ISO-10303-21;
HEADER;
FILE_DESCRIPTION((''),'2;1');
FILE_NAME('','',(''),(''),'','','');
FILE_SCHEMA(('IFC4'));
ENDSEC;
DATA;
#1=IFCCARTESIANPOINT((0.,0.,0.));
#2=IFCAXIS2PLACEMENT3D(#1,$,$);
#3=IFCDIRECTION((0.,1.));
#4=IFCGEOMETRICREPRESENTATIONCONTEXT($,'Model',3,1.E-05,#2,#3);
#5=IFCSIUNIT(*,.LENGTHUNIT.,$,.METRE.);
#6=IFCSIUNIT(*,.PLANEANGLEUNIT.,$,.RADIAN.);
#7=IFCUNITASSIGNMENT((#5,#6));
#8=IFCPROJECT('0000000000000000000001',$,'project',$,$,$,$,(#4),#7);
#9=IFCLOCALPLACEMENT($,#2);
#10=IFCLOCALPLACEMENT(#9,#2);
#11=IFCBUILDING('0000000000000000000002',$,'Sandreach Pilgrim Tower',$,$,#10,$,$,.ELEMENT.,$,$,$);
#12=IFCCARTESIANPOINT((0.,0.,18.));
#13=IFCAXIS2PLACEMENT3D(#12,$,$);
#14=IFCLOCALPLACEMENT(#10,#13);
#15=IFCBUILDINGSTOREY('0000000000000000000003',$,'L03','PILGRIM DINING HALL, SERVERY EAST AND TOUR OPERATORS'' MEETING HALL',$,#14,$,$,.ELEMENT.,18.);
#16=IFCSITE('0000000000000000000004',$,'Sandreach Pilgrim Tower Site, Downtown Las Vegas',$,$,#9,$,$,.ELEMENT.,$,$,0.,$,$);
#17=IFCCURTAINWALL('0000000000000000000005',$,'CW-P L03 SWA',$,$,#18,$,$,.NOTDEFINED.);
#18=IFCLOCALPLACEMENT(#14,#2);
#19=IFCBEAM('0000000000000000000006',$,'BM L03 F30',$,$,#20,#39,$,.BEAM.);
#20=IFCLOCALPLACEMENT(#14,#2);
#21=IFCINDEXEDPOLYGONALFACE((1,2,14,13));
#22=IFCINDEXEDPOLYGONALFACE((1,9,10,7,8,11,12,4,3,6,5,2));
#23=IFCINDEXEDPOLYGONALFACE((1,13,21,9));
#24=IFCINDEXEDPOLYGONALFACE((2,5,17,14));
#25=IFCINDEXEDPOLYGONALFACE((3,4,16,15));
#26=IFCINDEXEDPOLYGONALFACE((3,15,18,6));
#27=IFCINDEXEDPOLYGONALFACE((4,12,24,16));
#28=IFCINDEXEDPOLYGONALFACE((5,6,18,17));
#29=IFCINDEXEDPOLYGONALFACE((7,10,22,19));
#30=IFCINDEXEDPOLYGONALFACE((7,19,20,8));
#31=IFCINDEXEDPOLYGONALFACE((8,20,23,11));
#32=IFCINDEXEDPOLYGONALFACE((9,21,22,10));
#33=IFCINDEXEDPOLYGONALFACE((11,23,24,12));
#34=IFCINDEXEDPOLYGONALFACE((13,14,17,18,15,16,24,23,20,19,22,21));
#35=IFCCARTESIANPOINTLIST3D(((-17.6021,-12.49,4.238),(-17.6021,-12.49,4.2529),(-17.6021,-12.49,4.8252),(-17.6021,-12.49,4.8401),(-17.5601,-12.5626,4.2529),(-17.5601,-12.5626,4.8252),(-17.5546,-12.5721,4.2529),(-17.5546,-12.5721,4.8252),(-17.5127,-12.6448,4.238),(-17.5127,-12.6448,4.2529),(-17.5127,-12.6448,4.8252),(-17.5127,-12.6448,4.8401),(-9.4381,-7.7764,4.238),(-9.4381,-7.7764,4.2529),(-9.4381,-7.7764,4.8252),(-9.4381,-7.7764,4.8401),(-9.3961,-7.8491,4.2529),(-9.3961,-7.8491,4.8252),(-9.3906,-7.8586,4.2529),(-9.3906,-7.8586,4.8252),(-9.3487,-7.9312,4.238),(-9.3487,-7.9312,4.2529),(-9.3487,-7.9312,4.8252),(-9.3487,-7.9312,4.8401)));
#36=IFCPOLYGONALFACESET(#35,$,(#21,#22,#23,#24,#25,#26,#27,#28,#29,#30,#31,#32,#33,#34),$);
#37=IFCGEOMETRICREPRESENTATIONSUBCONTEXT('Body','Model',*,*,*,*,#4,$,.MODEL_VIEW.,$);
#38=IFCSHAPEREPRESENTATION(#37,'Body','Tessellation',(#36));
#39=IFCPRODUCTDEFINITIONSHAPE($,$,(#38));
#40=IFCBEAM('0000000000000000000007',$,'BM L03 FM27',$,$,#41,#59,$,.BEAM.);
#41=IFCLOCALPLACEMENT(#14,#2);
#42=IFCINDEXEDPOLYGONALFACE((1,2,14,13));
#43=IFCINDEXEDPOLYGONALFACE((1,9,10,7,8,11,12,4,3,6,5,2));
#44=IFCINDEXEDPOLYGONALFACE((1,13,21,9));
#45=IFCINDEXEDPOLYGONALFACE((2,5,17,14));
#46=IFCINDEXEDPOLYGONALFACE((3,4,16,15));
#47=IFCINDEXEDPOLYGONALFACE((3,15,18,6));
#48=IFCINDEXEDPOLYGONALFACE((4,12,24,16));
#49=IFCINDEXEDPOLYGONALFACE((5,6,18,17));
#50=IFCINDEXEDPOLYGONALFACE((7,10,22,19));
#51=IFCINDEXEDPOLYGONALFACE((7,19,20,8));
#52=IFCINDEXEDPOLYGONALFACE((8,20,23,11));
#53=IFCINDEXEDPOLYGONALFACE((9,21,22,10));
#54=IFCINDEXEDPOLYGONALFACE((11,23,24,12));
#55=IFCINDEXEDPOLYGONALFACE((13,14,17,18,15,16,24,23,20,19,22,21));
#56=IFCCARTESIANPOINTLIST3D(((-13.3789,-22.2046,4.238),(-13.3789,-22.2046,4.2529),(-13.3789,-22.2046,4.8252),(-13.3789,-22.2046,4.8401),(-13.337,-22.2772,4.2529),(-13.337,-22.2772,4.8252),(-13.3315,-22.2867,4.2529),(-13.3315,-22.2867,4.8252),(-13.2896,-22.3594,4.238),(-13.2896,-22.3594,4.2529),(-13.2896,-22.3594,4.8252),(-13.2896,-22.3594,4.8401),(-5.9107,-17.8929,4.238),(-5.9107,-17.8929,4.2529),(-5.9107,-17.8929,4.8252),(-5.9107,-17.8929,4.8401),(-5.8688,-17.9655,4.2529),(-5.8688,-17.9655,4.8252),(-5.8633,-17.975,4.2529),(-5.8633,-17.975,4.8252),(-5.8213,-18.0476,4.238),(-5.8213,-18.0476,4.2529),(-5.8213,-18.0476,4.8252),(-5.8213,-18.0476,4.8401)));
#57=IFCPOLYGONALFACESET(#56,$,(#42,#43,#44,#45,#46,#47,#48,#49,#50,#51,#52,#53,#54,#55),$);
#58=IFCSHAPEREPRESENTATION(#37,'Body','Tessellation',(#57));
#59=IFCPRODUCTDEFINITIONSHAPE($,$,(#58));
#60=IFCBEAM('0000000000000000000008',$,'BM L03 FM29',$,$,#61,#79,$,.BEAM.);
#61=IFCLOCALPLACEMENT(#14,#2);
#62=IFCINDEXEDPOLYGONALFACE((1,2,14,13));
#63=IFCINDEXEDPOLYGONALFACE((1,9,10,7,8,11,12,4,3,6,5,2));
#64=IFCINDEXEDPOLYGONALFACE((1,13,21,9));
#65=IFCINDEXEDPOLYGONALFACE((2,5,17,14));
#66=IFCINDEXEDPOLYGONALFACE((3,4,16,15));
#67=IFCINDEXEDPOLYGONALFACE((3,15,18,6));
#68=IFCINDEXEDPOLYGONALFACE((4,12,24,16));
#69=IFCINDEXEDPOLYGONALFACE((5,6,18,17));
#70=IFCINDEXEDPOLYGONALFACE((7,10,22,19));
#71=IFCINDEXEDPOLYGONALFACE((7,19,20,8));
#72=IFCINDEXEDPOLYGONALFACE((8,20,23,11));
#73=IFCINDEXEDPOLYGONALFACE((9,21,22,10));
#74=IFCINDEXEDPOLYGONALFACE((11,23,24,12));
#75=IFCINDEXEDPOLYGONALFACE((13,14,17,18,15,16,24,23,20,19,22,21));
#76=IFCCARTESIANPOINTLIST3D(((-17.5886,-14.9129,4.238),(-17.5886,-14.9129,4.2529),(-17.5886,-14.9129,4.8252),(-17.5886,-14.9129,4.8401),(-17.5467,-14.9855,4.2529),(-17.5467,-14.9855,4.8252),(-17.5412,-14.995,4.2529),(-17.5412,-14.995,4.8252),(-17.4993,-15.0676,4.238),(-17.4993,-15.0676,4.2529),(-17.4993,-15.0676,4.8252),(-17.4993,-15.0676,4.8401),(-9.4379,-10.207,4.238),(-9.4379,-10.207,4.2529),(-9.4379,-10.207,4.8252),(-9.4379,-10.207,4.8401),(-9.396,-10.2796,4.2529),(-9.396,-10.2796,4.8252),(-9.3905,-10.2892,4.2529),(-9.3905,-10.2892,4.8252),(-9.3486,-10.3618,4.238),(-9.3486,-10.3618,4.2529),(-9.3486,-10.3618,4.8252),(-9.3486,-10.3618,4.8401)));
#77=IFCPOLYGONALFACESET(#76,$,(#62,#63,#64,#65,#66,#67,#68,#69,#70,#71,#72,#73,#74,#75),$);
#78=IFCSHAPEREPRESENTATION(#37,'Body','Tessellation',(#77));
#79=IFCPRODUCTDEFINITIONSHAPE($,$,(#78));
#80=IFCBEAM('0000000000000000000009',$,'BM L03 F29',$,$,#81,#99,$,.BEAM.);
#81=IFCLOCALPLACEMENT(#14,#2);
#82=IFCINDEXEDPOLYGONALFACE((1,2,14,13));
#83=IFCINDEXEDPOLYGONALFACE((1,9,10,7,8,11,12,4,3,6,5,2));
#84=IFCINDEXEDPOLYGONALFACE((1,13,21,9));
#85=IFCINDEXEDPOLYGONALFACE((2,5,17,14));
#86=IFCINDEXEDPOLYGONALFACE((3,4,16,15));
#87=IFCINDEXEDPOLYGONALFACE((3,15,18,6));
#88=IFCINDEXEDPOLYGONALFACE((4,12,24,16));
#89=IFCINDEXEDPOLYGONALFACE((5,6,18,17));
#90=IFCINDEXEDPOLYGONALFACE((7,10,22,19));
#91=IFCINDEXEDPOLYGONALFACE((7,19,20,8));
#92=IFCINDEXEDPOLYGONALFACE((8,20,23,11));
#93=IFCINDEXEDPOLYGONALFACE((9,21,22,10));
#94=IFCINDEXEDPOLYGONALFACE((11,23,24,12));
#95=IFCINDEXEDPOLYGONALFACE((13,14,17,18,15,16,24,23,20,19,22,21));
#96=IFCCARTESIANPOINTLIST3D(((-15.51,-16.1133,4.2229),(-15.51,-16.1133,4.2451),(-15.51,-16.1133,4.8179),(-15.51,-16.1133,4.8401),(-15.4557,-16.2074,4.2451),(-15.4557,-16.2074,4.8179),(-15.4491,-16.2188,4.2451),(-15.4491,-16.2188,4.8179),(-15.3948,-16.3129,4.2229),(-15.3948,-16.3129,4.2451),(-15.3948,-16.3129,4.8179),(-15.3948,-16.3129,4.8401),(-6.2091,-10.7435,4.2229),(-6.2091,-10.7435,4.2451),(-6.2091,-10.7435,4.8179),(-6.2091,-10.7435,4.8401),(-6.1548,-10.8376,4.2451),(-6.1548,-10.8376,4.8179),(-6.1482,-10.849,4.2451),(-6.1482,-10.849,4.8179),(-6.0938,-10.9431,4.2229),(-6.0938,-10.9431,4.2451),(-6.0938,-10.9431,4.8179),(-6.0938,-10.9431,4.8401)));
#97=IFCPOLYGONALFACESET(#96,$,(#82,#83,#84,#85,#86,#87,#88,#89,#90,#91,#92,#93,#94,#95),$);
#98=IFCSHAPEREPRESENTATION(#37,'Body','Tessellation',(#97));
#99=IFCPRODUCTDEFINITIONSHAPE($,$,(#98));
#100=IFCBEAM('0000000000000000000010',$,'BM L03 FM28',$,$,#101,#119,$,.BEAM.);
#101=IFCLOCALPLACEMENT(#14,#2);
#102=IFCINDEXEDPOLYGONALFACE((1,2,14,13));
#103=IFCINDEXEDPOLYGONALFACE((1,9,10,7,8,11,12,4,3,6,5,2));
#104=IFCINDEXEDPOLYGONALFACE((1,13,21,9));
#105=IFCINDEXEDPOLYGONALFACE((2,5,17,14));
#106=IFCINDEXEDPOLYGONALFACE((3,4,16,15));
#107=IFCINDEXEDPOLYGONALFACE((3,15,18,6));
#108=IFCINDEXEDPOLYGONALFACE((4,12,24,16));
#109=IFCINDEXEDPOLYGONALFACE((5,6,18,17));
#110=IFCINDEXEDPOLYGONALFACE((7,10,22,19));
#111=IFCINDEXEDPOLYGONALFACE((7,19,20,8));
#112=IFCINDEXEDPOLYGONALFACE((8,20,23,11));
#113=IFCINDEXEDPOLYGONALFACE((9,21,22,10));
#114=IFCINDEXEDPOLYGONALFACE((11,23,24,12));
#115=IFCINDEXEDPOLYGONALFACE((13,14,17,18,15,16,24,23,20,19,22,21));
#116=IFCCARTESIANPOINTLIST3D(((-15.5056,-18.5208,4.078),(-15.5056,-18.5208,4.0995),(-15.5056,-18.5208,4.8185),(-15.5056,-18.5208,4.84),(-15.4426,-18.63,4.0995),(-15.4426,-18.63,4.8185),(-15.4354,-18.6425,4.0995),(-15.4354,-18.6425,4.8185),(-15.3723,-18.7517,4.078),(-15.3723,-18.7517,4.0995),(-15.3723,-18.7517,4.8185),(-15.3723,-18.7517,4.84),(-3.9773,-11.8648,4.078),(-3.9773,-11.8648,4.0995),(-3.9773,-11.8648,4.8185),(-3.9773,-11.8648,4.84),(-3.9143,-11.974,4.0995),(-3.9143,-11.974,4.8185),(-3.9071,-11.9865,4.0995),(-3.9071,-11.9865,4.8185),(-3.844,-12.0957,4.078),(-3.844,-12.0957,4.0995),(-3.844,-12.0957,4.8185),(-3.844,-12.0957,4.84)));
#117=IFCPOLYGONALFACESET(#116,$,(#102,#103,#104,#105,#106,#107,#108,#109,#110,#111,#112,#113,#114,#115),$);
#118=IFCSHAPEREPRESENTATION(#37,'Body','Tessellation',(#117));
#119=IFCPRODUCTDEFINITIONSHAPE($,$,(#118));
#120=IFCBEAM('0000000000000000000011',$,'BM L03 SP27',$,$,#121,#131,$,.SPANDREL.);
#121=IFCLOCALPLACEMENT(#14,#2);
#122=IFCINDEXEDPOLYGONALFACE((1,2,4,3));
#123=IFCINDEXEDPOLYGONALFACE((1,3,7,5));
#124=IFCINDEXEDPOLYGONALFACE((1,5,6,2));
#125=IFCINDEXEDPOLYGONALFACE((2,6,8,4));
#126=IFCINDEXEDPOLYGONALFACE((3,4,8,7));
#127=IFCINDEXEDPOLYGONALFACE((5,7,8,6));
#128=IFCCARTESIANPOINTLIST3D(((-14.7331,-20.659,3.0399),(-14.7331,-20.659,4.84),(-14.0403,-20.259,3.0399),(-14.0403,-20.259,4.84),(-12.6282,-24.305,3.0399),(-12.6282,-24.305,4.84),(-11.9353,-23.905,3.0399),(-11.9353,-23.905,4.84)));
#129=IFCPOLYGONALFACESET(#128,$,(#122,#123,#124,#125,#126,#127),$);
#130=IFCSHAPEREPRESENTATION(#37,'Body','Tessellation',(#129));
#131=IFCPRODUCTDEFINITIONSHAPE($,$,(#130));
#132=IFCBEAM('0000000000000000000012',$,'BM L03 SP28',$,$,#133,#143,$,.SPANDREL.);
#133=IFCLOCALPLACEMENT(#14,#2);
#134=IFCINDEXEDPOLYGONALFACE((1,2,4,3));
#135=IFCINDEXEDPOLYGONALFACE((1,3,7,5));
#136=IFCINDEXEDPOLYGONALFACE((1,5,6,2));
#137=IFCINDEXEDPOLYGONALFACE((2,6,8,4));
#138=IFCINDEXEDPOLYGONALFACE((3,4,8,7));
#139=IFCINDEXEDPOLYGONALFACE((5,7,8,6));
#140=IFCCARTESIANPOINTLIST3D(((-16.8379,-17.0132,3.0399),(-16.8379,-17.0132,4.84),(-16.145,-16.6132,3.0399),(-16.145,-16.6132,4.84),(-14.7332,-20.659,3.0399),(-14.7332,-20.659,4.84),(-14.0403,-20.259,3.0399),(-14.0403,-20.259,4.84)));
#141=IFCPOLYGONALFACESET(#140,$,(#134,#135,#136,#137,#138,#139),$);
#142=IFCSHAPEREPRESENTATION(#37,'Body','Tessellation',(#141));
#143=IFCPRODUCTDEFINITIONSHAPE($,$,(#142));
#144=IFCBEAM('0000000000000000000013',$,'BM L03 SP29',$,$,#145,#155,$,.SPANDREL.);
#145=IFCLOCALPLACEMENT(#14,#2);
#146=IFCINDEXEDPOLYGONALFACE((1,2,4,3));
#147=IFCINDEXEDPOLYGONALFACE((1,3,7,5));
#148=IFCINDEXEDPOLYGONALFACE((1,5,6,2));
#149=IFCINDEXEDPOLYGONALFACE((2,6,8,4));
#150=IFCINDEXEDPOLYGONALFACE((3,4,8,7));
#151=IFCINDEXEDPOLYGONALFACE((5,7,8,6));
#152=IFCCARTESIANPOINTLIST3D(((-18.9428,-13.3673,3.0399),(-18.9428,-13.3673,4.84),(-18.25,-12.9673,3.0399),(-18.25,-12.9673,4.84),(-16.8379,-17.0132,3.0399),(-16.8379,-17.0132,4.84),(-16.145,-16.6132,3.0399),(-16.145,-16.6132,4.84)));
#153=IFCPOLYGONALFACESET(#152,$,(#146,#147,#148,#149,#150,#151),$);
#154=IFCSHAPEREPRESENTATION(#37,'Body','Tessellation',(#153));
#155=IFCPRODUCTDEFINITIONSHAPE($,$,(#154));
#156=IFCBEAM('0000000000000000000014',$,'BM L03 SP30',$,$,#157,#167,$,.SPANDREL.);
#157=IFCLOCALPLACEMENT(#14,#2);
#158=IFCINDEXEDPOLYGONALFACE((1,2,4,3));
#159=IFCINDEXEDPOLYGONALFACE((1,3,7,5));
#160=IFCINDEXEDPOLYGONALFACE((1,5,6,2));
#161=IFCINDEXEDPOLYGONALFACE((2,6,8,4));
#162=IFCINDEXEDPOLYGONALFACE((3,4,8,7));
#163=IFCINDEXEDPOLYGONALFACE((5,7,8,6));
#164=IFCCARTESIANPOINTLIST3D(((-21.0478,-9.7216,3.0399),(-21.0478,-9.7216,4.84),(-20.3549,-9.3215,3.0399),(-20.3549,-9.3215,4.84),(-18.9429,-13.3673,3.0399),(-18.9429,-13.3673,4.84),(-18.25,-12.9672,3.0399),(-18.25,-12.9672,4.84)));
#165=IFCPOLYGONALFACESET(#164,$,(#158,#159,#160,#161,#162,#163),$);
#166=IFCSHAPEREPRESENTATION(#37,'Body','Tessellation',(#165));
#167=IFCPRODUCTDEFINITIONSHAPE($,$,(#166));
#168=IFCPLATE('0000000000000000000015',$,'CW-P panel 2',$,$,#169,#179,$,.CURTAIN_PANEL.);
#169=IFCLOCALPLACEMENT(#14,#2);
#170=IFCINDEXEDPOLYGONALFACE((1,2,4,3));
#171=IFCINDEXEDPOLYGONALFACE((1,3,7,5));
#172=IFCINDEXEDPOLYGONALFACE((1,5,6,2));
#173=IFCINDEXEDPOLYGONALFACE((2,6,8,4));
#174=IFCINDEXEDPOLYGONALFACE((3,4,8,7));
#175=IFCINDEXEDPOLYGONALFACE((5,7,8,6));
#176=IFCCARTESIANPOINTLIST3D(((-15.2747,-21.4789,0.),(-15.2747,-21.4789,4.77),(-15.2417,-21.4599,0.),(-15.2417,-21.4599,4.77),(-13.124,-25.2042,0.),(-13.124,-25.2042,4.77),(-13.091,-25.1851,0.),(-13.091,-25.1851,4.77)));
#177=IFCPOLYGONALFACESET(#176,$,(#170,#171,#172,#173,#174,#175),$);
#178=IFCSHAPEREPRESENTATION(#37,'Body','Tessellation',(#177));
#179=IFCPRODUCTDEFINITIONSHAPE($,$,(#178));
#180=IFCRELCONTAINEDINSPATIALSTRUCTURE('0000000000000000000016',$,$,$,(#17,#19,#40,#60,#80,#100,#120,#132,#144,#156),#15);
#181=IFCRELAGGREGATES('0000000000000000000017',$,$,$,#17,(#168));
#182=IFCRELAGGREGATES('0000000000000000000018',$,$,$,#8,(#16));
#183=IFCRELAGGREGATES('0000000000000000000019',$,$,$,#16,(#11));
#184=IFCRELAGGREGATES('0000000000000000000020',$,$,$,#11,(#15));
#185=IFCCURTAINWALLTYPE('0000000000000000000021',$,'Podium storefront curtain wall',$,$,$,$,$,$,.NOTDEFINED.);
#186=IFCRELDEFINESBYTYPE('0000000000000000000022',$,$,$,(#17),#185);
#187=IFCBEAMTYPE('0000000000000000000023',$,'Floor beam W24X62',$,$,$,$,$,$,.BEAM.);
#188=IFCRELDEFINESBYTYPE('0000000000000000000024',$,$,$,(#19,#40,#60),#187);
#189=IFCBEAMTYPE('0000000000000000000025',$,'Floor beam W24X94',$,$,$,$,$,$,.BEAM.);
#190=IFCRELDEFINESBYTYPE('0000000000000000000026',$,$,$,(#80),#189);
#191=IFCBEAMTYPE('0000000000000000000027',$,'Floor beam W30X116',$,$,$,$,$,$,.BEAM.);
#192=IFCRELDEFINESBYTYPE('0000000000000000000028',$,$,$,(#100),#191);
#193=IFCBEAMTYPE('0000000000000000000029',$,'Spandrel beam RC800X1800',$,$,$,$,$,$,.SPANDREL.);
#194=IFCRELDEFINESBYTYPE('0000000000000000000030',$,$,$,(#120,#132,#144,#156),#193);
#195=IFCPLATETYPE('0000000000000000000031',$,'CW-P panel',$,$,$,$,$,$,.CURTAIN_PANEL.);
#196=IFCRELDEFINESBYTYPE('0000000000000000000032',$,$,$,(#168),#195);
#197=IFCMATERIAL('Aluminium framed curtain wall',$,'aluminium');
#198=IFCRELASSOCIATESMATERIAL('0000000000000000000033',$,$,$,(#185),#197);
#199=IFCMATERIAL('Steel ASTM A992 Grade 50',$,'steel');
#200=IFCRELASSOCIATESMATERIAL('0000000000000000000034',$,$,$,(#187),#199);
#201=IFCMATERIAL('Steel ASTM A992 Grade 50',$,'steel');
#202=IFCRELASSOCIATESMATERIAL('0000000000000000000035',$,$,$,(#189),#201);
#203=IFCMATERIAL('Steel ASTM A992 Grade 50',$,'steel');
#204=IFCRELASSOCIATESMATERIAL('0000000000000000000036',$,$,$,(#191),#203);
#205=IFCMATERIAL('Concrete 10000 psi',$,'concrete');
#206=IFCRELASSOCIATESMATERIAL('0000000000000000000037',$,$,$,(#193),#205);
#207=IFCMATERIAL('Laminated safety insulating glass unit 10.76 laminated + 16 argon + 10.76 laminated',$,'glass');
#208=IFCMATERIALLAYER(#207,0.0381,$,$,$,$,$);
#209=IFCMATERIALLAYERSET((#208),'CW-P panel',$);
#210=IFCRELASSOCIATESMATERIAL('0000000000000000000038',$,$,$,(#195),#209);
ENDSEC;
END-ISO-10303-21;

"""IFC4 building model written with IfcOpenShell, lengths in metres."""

from ifc_helpers import new_model, si_unit, direction, frame, origin, origin_2d, place, context, subcontext, project, spatial, rectangle, i_section, extrude, material, layer, layer_set, material_profile, profile_set, type_object, element, aggregate, save


model = new_model("IFC4")

# Units and contexts
model_context = context("Model", 3, precision=1e-05, world=origin(), true_north=direction((0.0, 1.0)))
body_context = subcontext(model_context, "Body", "Model", "MODEL_VIEW")
ifc_project = project(units=[si_unit("LENGTHUNIT", "METRE"), si_unit("PLANEANGLEUNIT", "RADIAN")], contexts=[model_context])

# Site, building, storey
site_placement = place(None, origin())
site = spatial("IfcSite", under=ifc_project, at=site_placement, Name="Sandreach Pilgrim Tower Site, Downtown Las Vegas", CompositionType="ELEMENT", RefElevation=0.0)
building_placement = place(site_placement, origin())
building = spatial("IfcBuilding", under=site, at=building_placement, Name="Sandreach Pilgrim Tower", CompositionType="ELEMENT")
storey_placement = place(building_placement, frame((0.0, 0.0, 18.0)))
storey = spatial("IfcBuildingStorey", under=building, at=storey_placement, Name="L03", Description="PILGRIM DINING HALL, SERVERY EAST AND TOUR OPERATORS' MEETING HALL", CompositionType="ELEMENT", Elevation=18.0)

# Curtain wall
ifc_material_1 = material(Name="Aluminium framed curtain wall", Category="aluminium")
curtain_wall_type = type_object("IfcCurtainWallType", Name="Podium storefront curtain wall", PredefinedType="NOTDEFINED", material=ifc_material_1)
curtain_wall_placement = place(storey_placement, origin())
curtain_wall = element("IfcCurtainWall", 1, at=curtain_wall_placement, inside=storey, type_object=curtain_wall_type, Name="CW-P L03 SWA", PredefinedType="NOTDEFINED")

# Beams
ifc_material_2 = material(Name="Steel ASTM A992 Grade 50", Category="steel")
ifc_material_profile_1 = material_profile(ifc_material_2, i_section(OverallWidth=0.1787, OverallDepth=0.6021, WebThickness=0.011, FlangeThickness=0.0149, at=origin_2d()), Name="W24X62")
ifc_profile_set_1 = profile_set([ifc_material_profile_1], Name="Steel ASTM A992 Grade 50")
beam_type_1 = type_object("IfcBeamType", Name="Floor beam W24X62", PredefinedType="BEAM", material=ifc_profile_set_1)
beam_1_placement = place(storey_placement, frame((-17.5574, -12.5674, 4.5391), z_axis=(0.866021, 0.500008, 0.0), x_axis=(-0.500008, 0.866021, 0.0)))
element("IfcBeam", 2, at=beam_1_placement, inside=storey, type_object=beam_type_1, Name="BM L03 F30", PredefinedType="BEAM", context=body_context, shape_type="SweptSolid", body=[
    extrude(i_section(OverallWidth=0.1787, OverallDepth=0.6021, WebThickness=0.011, FlangeThickness=0.0149, at=origin_2d()), origin(), (0.0, 0.0, 1.0), 9.427),
])
beam_2_placement = place(storey_placement, frame((-13.3342, -22.282, 4.5391), z_axis=(0.866027, 0.499997, 0.0), x_axis=(-0.499997, 0.866027, 0.0)))
element("IfcBeam", 3, at=beam_2_placement, inside=storey, type_object=beam_type_1, Name="BM L03 FM27", PredefinedType="BEAM", context=body_context, shape_type="SweptSolid", body=[
    extrude(i_section(OverallWidth=0.1787, OverallDepth=0.6021, WebThickness=0.011, FlangeThickness=0.0149, at=origin_2d()), origin(), (0.0, 0.0, 1.0), 8.6235),
])
beam_3_placement = place(storey_placement, frame((-17.5439, -14.9902, 4.5391), z_axis=(0.866024, 0.500003, 0.0), x_axis=(-0.500003, 0.866024, 0.0)))
element("IfcBeam", 4, at=beam_3_placement, inside=storey, type_object=beam_type_1, Name="BM L03 FM29", PredefinedType="BEAM", context=body_context, shape_type="SweptSolid", body=[
    extrude(i_section(OverallWidth=0.1787, OverallDepth=0.6021, WebThickness=0.011, FlangeThickness=0.0149, at=origin_2d()), origin(), (0.0, 0.0, 1.0), 9.4116),
])
ifc_material_3 = material(Name="Steel ASTM A992 Grade 50", Category="steel")
ifc_material_profile_2 = material_profile(ifc_material_3, i_section(OverallWidth=0.2305, OverallDepth=0.6172, WebThickness=0.0132, FlangeThickness=0.0222, at=origin_2d()), Name="W24X94")
ifc_profile_set_2 = profile_set([ifc_material_profile_2], Name="Steel ASTM A992 Grade 50")
beam_type_2 = type_object("IfcBeamType", Name="Floor beam W24X94", PredefinedType="BEAM", material=ifc_profile_set_2)
beam_4_placement = place(storey_placement, frame((-15.4524, -16.2131, 4.5315), z_axis=(0.866028, 0.499995, 0.0), x_axis=(-0.499995, 0.866028, 0.0)))
element("IfcBeam", 5, at=beam_4_placement, inside=storey, type_object=beam_type_2, Name="BM L03 F29", PredefinedType="BEAM", context=body_context, shape_type="SweptSolid", body=[
    extrude(i_section(OverallWidth=0.2305, OverallDepth=0.6172, WebThickness=0.0132, FlangeThickness=0.0222, at=origin_2d()), origin(), (0.0, 0.0, 1.0), 10.7397),
])
ifc_material_4 = material(Name="Steel ASTM A992 Grade 50", Category="steel")
ifc_material_profile_3 = material_profile(ifc_material_4, i_section(OverallWidth=0.2666, OverallDepth=0.762, WebThickness=0.0144, FlangeThickness=0.0215, at=origin_2d()), Name="W30X116")
ifc_profile_set_3 = profile_set([ifc_material_profile_3], Name="Steel ASTM A992 Grade 50")
beam_type_3 = type_object("IfcBeamType", Name="Floor beam W30X116", PredefinedType="BEAM", material=ifc_profile_set_3)
beam_5_placement = place(storey_placement, frame((-15.439, -18.6362, 4.459), z_axis=(0.866021, 0.500007, 0.0), x_axis=(-0.500007, 0.866021, 0.0)))
element("IfcBeam", 6, at=beam_5_placement, inside=storey, type_object=beam_type_3, Name="BM L03 FM28", PredefinedType="BEAM", context=body_context, shape_type="SweptSolid", body=[
    extrude(i_section(OverallWidth=0.2666, OverallDepth=0.762, WebThickness=0.0144, FlangeThickness=0.0215, at=origin_2d()), origin(), (0.0, 0.0, 1.0), 13.3118),
])
ifc_material_5 = material(Name="Concrete 10000 psi", Category="concrete")
ifc_material_profile_4 = material_profile(ifc_material_5, rectangle(XDim=0.8, YDim=1.8, at=origin_2d()), Name="RC800X1800")
ifc_profile_set_4 = profile_set([ifc_material_profile_4], Name="Concrete 10000 psi")
beam_type_4 = type_object("IfcBeamType", Name="Spandrel beam RC800X1800", PredefinedType="SPANDREL", material=ifc_profile_set_4)
beam_6_placement = place(storey_placement, frame((-12.2817, -24.105, 3.9399), z_axis=(-0.499994, 0.866029, 0.0), x_axis=(-0.866029, -0.499994, 0.0)))
element("IfcBeam", 7, at=beam_6_placement, inside=storey, type_object=beam_type_4, Name="BM L03 SP27", PredefinedType="SPANDREL", context=body_context, shape_type="SweptSolid", body=[
    extrude(rectangle(XDim=0.8, YDim=1.8, at=origin_2d()), origin(), (0.0, 0.0, 1.0), 4.21),
])
beam_7_placement = place(storey_placement, frame((-14.3867, -20.459, 3.9399), z_axis=(-0.499975, 0.86604, 0.0), x_axis=(-0.86604, -0.499975, 0.0)))
element("IfcBeam", 8, at=beam_7_placement, inside=storey, type_object=beam_type_4, Name="BM L03 SP28", PredefinedType="SPANDREL", context=body_context, shape_type="SweptSolid", body=[
    extrude(rectangle(XDim=0.8, YDim=1.8, at=origin_2d()), origin(), (0.0, 0.0, 1.0), 4.2097),
])
beam_8_placement = place(storey_placement, frame((-16.4915, -16.8132, 3.9399), z_axis=(-0.499994, 0.866029, 0.0), x_axis=(-0.866029, -0.499994, 0.0)))
element("IfcBeam", 9, at=beam_8_placement, inside=storey, type_object=beam_type_4, Name="BM L03 SP29", PredefinedType="SPANDREL", context=body_context, shape_type="SweptSolid", body=[
    extrude(rectangle(XDim=0.8, YDim=1.8, at=origin_2d()), origin(), (0.0, 0.0, 1.0), 4.21),
])
beam_9_placement = place(storey_placement, frame((-18.5964, -13.1672, 3.9399), z_axis=(-0.500019, 0.866015, 0.0), x_axis=(-0.866015, -0.500019, 0.0)))
element("IfcBeam", 10, at=beam_9_placement, inside=storey, type_object=beam_type_4, Name="BM L03 SP30", PredefinedType="SPANDREL", context=body_context, shape_type="SweptSolid", body=[
    extrude(rectangle(XDim=0.8, YDim=1.8, at=origin_2d()), origin(), (0.0, 0.0, 1.0), 4.2097),
])

# Plate
ifc_material_6 = material(Name="Laminated safety insulating glass unit 10.76 laminated + 16 argon + 10.76 laminated", Category="glass")
ifc_layer_1 = layer(ifc_material_6, 0.0381)
ifc_layer_set_1 = layer_set([ifc_layer_1], Name="CW-P panel")
plate_type = type_object("IfcPlateType", Name="CW-P panel", PredefinedType="CURTAIN_PANEL", material=ifc_layer_set_1)
plate_1_placement = place(storey_placement, frame((-14.1829, -23.332, 0.0), z_axis=(0.0, 0.0, 1.0), x_axis=(-0.5, 0.866025, 0.0)))
plate_1 = element("IfcPlate", 11, at=plate_1_placement, type_object=plate_type, Name="CW-P panel 2", PredefinedType="CURTAIN_PANEL", context=body_context, shape_type="SweptSolid", body=[
    extrude(rectangle(XDim=4.3015, YDim=0.0381, at=origin_2d()), origin(), (0.0, 0.0, 1.0), 4.77),
])
aggregate(curtain_wall, [plate_1])

save(model, "model.ifc")
